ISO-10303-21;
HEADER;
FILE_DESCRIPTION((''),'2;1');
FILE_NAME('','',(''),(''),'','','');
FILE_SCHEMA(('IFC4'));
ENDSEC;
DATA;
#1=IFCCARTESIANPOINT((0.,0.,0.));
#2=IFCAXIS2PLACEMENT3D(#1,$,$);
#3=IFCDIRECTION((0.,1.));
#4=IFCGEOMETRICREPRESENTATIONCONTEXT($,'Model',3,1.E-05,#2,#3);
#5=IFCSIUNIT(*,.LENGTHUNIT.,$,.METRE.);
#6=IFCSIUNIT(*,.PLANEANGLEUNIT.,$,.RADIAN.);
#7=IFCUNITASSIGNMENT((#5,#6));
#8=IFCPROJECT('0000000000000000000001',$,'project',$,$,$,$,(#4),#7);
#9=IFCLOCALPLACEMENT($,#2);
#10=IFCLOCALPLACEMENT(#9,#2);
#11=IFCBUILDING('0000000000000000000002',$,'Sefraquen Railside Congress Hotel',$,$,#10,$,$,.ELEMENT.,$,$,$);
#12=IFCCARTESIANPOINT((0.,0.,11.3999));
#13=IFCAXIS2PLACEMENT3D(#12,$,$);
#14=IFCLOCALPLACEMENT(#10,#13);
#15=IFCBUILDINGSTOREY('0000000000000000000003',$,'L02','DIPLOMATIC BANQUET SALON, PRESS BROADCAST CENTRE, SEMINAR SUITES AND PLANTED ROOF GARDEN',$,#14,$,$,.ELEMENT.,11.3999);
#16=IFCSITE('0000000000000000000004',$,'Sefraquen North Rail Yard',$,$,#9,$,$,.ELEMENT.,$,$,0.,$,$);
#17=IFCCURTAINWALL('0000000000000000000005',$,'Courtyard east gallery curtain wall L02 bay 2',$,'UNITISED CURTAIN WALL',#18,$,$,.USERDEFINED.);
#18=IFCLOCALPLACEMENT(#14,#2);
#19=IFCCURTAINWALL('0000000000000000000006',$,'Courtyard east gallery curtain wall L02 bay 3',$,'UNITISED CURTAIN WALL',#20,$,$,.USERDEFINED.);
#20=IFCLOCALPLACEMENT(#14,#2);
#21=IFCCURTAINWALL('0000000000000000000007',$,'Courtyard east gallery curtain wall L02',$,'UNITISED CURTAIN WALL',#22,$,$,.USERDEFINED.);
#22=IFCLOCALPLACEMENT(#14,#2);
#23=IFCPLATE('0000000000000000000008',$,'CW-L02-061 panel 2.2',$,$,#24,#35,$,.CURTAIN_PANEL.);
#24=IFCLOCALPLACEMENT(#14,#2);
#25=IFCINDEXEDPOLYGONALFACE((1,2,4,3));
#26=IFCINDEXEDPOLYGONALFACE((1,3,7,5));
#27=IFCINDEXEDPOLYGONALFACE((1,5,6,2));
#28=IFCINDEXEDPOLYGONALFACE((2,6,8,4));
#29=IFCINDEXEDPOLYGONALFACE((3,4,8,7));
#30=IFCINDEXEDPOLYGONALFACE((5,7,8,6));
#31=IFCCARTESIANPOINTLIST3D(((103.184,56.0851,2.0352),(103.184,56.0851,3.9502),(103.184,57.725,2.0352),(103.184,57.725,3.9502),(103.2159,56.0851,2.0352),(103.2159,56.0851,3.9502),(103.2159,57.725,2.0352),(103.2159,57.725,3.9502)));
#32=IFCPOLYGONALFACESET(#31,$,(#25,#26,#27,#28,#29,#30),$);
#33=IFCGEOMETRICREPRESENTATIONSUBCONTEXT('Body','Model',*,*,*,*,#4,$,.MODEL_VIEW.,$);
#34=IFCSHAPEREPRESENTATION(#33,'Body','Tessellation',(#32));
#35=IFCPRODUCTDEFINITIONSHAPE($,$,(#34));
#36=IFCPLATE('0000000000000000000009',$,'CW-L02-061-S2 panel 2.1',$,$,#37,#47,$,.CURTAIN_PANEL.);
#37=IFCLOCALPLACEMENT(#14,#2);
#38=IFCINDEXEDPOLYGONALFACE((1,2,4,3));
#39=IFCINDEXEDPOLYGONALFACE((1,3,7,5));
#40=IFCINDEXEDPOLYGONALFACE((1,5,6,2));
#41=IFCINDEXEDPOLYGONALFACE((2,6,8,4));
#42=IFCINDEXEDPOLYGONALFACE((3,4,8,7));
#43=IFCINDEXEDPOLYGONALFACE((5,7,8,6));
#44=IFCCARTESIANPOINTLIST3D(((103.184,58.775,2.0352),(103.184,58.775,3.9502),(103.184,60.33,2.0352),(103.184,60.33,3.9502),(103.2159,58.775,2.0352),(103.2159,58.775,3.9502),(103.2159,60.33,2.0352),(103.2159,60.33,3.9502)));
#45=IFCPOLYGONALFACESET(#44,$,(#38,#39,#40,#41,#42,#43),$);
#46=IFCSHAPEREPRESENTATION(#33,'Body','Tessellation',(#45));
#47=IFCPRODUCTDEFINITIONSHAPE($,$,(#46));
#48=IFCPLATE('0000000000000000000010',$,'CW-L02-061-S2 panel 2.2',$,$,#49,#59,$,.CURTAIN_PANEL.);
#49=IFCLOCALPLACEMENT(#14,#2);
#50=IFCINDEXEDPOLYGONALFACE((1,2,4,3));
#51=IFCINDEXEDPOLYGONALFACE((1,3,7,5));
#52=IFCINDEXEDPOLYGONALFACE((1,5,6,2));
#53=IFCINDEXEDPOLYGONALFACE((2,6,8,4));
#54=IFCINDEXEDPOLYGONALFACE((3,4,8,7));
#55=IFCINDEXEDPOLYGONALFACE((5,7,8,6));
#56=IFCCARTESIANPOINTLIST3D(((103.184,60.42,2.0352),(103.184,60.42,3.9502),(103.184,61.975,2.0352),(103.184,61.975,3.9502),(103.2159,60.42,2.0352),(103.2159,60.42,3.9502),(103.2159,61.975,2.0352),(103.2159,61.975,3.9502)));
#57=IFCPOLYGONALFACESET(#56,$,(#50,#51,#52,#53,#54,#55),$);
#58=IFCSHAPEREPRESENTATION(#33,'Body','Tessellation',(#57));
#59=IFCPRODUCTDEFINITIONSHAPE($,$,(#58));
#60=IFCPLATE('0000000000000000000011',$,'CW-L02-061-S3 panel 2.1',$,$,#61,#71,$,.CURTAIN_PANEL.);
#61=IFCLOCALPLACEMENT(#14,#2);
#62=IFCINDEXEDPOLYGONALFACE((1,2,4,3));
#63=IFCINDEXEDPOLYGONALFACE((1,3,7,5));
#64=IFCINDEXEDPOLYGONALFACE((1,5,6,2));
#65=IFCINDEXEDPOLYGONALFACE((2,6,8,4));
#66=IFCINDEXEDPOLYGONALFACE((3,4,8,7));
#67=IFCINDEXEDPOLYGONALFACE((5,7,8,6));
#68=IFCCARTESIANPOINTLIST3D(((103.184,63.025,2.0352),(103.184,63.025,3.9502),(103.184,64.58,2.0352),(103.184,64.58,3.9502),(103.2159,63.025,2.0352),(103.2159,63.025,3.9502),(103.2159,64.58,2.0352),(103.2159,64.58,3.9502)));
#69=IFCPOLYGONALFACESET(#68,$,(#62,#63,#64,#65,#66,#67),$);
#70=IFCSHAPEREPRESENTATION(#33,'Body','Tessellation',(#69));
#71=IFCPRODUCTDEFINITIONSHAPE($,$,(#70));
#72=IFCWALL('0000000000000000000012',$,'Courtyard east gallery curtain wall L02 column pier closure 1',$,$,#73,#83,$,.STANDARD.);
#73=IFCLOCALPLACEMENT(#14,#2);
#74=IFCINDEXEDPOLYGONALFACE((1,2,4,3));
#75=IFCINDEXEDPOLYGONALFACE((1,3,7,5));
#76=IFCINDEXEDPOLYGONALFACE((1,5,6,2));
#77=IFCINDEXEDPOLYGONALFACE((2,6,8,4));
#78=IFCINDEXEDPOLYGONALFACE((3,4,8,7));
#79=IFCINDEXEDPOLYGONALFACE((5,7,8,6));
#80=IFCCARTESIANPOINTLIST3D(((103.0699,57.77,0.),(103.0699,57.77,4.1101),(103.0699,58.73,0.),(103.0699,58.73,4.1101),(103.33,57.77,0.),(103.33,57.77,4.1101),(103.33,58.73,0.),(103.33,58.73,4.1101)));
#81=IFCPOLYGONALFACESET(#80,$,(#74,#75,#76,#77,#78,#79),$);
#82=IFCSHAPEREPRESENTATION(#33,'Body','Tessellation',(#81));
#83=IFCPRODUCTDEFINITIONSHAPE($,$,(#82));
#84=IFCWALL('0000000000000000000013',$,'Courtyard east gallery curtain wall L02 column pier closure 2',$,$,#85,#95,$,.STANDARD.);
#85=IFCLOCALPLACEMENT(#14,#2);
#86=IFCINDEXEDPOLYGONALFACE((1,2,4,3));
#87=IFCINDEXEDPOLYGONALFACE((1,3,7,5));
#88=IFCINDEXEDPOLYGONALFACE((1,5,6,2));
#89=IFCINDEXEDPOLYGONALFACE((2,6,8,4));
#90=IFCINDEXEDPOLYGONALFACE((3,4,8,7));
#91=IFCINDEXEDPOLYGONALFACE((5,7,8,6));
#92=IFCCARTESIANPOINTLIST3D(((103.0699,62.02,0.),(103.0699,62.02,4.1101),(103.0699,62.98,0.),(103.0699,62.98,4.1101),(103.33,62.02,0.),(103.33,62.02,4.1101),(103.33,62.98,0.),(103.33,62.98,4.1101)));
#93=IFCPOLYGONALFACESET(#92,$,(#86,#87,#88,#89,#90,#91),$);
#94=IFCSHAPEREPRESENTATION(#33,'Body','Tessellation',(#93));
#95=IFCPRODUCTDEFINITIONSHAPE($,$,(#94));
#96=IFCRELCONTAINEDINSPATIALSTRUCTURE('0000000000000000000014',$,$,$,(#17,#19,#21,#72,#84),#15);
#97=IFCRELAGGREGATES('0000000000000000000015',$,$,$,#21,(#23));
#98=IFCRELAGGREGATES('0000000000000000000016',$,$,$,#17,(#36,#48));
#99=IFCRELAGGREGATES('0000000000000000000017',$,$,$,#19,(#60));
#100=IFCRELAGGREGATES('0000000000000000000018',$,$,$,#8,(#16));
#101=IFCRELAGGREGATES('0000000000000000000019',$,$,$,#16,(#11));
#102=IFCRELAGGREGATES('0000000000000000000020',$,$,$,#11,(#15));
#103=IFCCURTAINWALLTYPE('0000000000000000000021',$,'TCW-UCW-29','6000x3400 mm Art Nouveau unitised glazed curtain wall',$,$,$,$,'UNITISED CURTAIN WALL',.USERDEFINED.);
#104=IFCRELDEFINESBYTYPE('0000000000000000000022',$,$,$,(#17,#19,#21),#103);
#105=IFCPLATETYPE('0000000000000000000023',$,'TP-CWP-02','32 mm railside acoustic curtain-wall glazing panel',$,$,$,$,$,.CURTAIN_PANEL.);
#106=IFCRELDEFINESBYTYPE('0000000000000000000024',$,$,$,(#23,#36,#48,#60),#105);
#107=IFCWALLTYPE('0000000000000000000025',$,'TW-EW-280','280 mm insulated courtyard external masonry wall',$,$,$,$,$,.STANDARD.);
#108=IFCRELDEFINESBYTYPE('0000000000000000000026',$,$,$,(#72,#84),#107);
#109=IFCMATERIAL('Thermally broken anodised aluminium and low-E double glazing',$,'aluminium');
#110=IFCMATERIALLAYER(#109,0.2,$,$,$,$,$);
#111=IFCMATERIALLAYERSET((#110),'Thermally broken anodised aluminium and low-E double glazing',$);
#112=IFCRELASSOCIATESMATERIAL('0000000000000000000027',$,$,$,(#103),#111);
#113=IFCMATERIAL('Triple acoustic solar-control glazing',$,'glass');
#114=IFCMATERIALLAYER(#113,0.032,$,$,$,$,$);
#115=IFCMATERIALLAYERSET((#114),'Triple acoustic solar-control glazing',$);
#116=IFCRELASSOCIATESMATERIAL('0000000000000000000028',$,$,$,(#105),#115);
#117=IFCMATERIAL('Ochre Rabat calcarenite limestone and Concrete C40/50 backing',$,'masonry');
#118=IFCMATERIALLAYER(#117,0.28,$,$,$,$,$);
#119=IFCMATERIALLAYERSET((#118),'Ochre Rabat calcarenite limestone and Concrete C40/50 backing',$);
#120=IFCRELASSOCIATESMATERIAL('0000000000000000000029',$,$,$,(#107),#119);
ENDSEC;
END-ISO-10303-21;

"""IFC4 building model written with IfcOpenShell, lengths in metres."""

from ifc_helpers import new_model, si_unit, direction, frame, frame_2d, origin, origin_2d, place, context, subcontext, project, spatial, rectangle, extrude, material, layer, layer_set, type_object, element, aggregate, save


model = new_model("IFC4")

# Units and contexts
model_context = context("Model", 3, precision=1e-05, world=origin(), true_north=direction((0.0, 1.0)))
body_context = subcontext(model_context, "Body", "Model", "MODEL_VIEW")
ifc_project = project(units=[si_unit("LENGTHUNIT", "METRE"), si_unit("PLANEANGLEUNIT", "RADIAN")], contexts=[model_context])

# Site, building, storey
site_placement = place(None, origin())
site = spatial("IfcSite", under=ifc_project, at=site_placement, Name="Sefraquen North Rail Yard", CompositionType="ELEMENT", RefElevation=0.0)
building_placement = place(site_placement, origin())
building = spatial("IfcBuilding", under=site, at=building_placement, Name="Sefraquen Railside Congress Hotel", CompositionType="ELEMENT")
storey_placement = place(building_placement, frame((0.0, 0.0, 11.3999)))
storey = spatial("IfcBuildingStorey", under=building, at=storey_placement, Name="L02", Description="DIPLOMATIC BANQUET SALON, PRESS BROADCAST CENTRE, SEMINAR SUITES AND PLANTED ROOF GARDEN", CompositionType="ELEMENT", Elevation=11.3999)

# Curtain walls
ifc_material_1 = material(Name="Thermally broken anodised aluminium and low-E double glazing", Category="aluminium")
ifc_layer_1 = layer(ifc_material_1, 0.2)
ifc_layer_set_1 = layer_set([ifc_layer_1], Name="Thermally broken anodised aluminium and low-E double glazing")
curtain_wall_type = type_object("IfcCurtainWallType", Name="TCW-UCW-29", Description="6000x3400 mm Art Nouveau unitised glazed curtain wall", ElementType="UNITISED CURTAIN WALL", PredefinedType="USERDEFINED", material=ifc_layer_set_1)
curtain_wall_1_placement = place(storey_placement, origin())
curtain_wall_1 = element("IfcCurtainWall", 1, at=curtain_wall_1_placement, inside=storey, type_object=curtain_wall_type, Name="Courtyard east gallery curtain wall L02 bay 2", ObjectType="UNITISED CURTAIN WALL", PredefinedType="USERDEFINED")
curtain_wall_2_placement = place(storey_placement, origin())
curtain_wall_2 = element("IfcCurtainWall", 2, at=curtain_wall_2_placement, inside=storey, type_object=curtain_wall_type, Name="Courtyard east gallery curtain wall L02 bay 3", ObjectType="UNITISED CURTAIN WALL", PredefinedType="USERDEFINED")
curtain_wall_3_placement = place(storey_placement, origin())
curtain_wall_3 = element("IfcCurtainWall", 3, at=curtain_wall_3_placement, inside=storey, type_object=curtain_wall_type, Name="Courtyard east gallery curtain wall L02", ObjectType="UNITISED CURTAIN WALL", PredefinedType="USERDEFINED")

# Plates
ifc_material_2 = material(Name="Triple acoustic solar-control glazing", Category="glass")
ifc_layer_2 = layer(ifc_material_2, 0.032)
ifc_layer_set_2 = layer_set([ifc_layer_2], Name="Triple acoustic solar-control glazing")
plate_type_1 = type_object("IfcPlateType", Name="TP-CWP-02", Description="32 mm railside acoustic curtain-wall glazing panel", PredefinedType="CURTAIN_PANEL", material=ifc_layer_set_2)
plate_1_placement = place(storey_placement, frame((103.2, 56.905, 2.0352), z_axis=(0.0, 0.0, 1.0), x_axis=(0.0, 1.0, 0.0)))
plate_1 = element("IfcPlate", 4, at=plate_1_placement, type_object=plate_type_1, Name="CW-L02-061 panel 2.2", PredefinedType="CURTAIN_PANEL", context=body_context, shape_type="SweptSolid", body=[
    extrude(rectangle(XDim=1.6399, YDim=0.032, at=origin_2d()), origin(), (0.0, 0.0, 1.0), 1.915),
])
aggregate(curtain_wall_3, [plate_1])
plate_2_placement = place(storey_placement, frame((103.2, 59.5525, 2.0352), z_axis=(0.0, 0.0, 1.0), x_axis=(0.0, 1.0, 0.0)))
plate_2 = element("IfcPlate", 5, at=plate_2_placement, type_object=plate_type_1, Name="CW-L02-061-S2 panel 2.1", PredefinedType="CURTAIN_PANEL", context=body_context, shape_type="SweptSolid", body=[
    extrude(rectangle(XDim=1.5549, YDim=0.032, at=origin_2d()), origin(), (0.0, 0.0, 1.0), 1.915),
])
plate_3_placement = place(storey_placement, frame((103.2, 61.1975, 2.0352), z_axis=(0.0, 0.0, 1.0), x_axis=(0.0, 1.0, 0.0)))
plate_3 = element("IfcPlate", 6, at=plate_3_placement, type_object=plate_type_1, Name="CW-L02-061-S2 panel 2.2", PredefinedType="CURTAIN_PANEL", context=body_context, shape_type="SweptSolid", body=[
    extrude(rectangle(XDim=1.5549, YDim=0.032, at=origin_2d()), origin(), (0.0, 0.0, 1.0), 1.915),
])
aggregate(curtain_wall_1, [plate_2, plate_3])
plate_4_placement = place(storey_placement, frame((103.2, 63.8025, 2.0352), z_axis=(0.0, 0.0, 1.0), x_axis=(0.0, 1.0, 0.0)))
plate_4 = element("IfcPlate", 7, at=plate_4_placement, type_object=plate_type_1, Name="CW-L02-061-S3 panel 2.1", PredefinedType="CURTAIN_PANEL", context=body_context, shape_type="SweptSolid", body=[
    extrude(rectangle(XDim=1.5549, YDim=0.032, at=origin_2d()), origin(), (0.0, 0.0, 1.0), 1.915),
])
aggregate(curtain_wall_2, [plate_4])

# Walls
ifc_material_3 = material(Name="Ochre Rabat calcarenite limestone and Concrete C40/50 backing", Category="masonry")
ifc_layer_3 = layer(ifc_material_3, 0.28)
ifc_layer_set_3 = layer_set([ifc_layer_3], Name="Ochre Rabat calcarenite limestone and Concrete C40/50 backing")
wall_type = type_object("IfcWallType", Name="TW-EW-280", Description="280 mm insulated courtyard external masonry wall", PredefinedType="STANDARD", material=ifc_layer_set_3)
for number, where, z_axis, x_axis, name in (
    (8, (103.2, 57.77, 0.0), (0.0, 0.0, 1.0), (0.0, 1.0, 0.0), "Courtyard east gallery curtain wall L02 column pier closure 1"),
    (9, (103.2, 62.02, 0.0), (0.0, 0.0, 1.0), (0.0, 1.0, 0.0), "Courtyard east gallery curtain wall L02 column pier closure 2"),
):
    element("IfcWall", number, at=place(storey_placement, frame(where, z_axis=z_axis, x_axis=x_axis)), inside=storey, type_object=wall_type, Name=name, PredefinedType="STANDARD", context=body_context, shape_type="SweptSolid", body=[
        extrude(rectangle(XDim=0.96, YDim=0.26, at=frame_2d((0.48, 0.0))), origin(), (0.0, 0.0, 1.0), 4.1101),
    ])

save(model, "model.ifc")
